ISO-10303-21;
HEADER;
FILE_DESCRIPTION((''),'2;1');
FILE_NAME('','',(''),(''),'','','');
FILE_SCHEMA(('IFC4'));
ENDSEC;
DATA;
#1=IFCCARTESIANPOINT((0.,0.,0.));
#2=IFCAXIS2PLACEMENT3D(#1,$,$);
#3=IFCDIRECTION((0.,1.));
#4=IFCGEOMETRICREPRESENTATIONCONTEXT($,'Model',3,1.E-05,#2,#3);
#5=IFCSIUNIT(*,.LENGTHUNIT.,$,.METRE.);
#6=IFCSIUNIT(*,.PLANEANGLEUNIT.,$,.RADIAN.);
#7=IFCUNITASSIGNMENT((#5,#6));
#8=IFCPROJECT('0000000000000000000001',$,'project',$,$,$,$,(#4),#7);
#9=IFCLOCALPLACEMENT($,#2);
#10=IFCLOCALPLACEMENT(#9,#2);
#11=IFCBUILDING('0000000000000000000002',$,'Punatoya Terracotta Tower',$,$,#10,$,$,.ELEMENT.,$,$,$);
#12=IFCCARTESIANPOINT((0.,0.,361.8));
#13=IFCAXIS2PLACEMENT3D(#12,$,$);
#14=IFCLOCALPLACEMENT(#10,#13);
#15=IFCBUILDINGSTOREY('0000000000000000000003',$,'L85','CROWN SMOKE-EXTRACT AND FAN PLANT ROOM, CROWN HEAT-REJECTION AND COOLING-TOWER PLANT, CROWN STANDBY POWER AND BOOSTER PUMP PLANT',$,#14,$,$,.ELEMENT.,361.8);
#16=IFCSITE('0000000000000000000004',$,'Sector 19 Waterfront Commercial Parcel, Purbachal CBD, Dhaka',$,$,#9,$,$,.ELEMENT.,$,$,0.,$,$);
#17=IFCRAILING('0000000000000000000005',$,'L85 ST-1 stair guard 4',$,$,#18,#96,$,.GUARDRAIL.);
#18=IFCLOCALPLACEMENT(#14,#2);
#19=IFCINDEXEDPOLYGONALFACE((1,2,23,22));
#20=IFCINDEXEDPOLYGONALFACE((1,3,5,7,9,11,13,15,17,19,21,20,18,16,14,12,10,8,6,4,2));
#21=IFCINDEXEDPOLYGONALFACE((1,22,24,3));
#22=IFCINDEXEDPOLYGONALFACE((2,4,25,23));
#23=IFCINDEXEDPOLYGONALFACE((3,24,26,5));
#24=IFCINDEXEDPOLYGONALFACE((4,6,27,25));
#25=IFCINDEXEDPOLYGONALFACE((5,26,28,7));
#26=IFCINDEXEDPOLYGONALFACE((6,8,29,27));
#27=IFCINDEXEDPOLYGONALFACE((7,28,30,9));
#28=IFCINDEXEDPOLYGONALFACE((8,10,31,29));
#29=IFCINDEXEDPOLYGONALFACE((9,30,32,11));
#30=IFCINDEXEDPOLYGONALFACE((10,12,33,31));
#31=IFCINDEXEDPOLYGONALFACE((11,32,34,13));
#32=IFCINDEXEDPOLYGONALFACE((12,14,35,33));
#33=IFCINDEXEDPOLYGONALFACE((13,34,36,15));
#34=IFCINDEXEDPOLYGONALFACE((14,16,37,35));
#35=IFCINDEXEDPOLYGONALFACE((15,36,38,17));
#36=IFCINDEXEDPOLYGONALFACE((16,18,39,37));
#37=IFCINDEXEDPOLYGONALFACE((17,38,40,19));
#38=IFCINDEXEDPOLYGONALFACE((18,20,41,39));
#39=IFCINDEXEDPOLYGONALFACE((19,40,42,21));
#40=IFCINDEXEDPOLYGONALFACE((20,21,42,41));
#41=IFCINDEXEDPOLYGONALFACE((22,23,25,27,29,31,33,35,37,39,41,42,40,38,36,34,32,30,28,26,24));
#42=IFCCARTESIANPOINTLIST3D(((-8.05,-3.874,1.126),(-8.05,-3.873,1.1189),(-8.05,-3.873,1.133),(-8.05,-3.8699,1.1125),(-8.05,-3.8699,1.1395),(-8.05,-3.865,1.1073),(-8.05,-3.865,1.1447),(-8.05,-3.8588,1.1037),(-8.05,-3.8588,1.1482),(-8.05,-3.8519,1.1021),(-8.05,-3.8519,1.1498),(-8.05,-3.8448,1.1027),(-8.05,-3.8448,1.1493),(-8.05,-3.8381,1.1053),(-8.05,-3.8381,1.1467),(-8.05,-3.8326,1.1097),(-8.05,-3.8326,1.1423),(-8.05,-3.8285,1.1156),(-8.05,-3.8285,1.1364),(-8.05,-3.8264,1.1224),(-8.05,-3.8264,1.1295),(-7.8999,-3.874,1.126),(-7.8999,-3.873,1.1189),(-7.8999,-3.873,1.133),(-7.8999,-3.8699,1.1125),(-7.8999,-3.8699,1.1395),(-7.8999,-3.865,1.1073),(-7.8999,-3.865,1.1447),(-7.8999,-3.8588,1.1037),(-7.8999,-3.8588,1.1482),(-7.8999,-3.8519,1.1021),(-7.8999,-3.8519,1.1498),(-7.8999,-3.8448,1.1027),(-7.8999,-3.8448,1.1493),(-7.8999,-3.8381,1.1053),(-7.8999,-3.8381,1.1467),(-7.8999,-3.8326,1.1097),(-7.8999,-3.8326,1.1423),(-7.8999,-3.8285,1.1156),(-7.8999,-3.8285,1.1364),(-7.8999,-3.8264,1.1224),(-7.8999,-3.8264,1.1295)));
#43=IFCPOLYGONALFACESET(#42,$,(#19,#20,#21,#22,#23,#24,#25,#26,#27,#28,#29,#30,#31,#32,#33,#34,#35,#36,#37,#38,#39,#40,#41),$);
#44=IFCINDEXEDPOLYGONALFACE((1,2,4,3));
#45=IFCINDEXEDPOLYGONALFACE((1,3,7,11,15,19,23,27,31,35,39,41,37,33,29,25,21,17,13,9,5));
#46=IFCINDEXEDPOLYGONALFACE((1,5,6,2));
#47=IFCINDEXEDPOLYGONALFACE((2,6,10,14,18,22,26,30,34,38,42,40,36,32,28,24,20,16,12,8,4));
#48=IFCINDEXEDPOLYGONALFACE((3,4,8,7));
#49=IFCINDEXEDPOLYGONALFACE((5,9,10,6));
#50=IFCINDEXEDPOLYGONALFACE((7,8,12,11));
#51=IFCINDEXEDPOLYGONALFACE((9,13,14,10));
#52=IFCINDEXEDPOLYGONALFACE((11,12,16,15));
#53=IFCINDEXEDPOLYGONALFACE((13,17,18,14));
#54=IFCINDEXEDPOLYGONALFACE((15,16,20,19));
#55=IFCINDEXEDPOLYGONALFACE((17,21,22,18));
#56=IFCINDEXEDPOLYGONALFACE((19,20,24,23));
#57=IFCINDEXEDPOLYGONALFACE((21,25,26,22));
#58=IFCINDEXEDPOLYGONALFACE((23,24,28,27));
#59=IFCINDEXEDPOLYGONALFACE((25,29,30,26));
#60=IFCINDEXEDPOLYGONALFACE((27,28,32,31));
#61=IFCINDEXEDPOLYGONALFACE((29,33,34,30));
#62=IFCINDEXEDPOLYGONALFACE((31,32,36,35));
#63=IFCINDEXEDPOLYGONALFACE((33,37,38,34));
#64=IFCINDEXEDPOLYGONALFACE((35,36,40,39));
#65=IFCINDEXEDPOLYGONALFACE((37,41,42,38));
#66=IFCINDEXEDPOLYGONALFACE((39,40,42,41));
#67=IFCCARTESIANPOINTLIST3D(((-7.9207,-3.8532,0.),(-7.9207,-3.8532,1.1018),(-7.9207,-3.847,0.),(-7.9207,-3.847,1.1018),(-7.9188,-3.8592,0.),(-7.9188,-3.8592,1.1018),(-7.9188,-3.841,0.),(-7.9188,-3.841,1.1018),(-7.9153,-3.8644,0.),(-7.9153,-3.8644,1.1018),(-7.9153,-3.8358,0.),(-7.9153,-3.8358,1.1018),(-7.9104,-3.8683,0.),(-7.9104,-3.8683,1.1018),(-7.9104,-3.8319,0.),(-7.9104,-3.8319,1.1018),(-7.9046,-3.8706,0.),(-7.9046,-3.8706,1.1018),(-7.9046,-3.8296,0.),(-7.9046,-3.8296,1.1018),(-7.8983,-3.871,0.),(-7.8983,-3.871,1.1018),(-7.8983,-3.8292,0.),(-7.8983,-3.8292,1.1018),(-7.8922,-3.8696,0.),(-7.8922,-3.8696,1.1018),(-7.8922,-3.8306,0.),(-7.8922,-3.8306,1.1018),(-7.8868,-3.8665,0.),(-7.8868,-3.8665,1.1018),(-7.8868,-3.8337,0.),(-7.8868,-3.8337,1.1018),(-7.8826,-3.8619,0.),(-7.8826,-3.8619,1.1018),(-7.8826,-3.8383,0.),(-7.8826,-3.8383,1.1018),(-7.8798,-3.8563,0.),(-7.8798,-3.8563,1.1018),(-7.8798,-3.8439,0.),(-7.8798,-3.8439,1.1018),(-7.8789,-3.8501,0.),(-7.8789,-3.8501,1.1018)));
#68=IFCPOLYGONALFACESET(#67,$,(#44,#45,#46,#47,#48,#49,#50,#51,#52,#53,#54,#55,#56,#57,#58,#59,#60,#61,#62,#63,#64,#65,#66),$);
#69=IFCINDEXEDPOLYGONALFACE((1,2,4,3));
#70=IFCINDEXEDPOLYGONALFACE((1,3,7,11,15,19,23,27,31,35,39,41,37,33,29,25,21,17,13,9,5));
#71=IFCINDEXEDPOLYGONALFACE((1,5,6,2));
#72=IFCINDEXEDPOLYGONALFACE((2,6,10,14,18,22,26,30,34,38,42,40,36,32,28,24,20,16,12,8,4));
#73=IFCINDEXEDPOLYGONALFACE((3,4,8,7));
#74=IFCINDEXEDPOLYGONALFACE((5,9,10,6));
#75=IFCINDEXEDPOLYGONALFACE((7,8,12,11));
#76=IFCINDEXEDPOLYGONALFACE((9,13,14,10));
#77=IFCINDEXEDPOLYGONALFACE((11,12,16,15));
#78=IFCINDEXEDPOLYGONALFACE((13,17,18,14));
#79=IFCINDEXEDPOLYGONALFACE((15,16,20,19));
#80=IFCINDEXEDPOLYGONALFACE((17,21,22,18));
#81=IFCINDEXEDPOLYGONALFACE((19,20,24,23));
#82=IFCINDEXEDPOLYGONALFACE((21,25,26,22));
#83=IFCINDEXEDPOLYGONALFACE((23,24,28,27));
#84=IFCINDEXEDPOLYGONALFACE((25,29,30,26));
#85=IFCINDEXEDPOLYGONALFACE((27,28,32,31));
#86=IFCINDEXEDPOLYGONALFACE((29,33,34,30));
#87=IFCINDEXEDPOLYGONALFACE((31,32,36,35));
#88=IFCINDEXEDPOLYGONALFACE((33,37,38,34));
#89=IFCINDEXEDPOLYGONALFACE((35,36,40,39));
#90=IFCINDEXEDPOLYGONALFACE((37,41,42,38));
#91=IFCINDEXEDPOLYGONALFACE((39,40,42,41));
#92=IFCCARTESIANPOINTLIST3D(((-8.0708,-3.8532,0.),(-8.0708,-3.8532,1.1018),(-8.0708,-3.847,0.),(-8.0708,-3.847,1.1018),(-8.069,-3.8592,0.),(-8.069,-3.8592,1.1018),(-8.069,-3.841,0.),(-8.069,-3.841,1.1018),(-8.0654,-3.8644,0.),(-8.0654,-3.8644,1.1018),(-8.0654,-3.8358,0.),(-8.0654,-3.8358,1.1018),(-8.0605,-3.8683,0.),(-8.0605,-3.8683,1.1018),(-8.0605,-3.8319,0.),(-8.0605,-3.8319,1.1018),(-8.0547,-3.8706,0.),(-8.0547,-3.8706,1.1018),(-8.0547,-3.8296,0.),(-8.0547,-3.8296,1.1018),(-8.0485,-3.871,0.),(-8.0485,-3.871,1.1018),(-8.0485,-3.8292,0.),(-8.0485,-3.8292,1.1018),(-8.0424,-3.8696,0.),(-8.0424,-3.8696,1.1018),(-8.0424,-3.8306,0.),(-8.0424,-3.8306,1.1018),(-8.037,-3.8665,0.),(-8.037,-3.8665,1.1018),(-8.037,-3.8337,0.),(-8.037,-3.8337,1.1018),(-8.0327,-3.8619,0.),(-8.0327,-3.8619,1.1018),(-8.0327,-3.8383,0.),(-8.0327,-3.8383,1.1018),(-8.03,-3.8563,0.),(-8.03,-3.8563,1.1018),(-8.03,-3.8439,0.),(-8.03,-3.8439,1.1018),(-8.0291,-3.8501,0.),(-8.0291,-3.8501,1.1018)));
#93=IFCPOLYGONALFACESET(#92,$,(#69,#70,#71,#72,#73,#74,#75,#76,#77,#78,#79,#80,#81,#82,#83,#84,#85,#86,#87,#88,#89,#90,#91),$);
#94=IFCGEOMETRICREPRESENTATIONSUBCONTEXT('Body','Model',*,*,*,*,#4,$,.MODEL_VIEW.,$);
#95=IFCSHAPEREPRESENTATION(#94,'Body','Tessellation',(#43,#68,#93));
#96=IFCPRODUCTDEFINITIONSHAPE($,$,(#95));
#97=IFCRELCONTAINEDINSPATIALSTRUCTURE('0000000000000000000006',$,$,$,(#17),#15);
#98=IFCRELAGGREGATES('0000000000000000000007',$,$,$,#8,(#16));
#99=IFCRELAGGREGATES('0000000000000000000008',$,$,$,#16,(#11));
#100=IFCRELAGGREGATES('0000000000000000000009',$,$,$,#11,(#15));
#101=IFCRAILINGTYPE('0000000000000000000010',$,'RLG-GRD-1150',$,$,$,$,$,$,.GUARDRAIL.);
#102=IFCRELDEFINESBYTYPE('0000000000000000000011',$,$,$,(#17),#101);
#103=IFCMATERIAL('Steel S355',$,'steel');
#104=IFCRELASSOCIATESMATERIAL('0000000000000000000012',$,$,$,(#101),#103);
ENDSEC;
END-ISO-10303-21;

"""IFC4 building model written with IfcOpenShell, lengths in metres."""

from ifc_helpers import new_model, si_unit, direction, frame, origin, origin_2d, place, context, subcontext, project, spatial, circle, extrude, material, type_object, element, save


model = new_model("IFC4")

# Units and contexts
model_context = context("Model", 3, precision=1e-05, world=origin(), true_north=direction((0.0, 1.0)))
body_context = subcontext(model_context, "Body", "Model", "MODEL_VIEW")
ifc_project = project(units=[si_unit("LENGTHUNIT", "METRE"), si_unit("PLANEANGLEUNIT", "RADIAN")], contexts=[model_context])

# Site, building, storey
site_placement = place(None, origin())
site = spatial("IfcSite", under=ifc_project, at=site_placement, Name="Sector 19 Waterfront Commercial Parcel, Purbachal CBD, Dhaka", CompositionType="ELEMENT", RefElevation=0.0)
building_placement = place(site_placement, origin())
building = spatial("IfcBuilding", under=site, at=building_placement, Name="Punatoya Terracotta Tower", CompositionType="ELEMENT")
storey_placement = place(building_placement, frame((0.0, 0.0, 361.8)))
storey = spatial("IfcBuildingStorey", under=building, at=storey_placement, Name="L85", Description="CROWN SMOKE-EXTRACT AND FAN PLANT ROOM, CROWN HEAT-REJECTION AND COOLING-TOWER PLANT, CROWN STANDBY POWER AND BOOSTER PUMP PLANT", CompositionType="ELEMENT", Elevation=361.8)

# Shared definitions
ifc_material_1 = material(Name="Steel S355", Category="steel")

# Railing
railing_type_1 = type_object("IfcRailingType", Name="RLG-GRD-1150", PredefinedType="GUARDRAIL", material=ifc_material_1)
railing_1_placement = place(storey_placement, frame((-7.8999, -3.8501, 0.0)))
element("IfcRailing", 1, at=railing_1_placement, inside=storey, type_object=railing_type_1, Name="L85 ST-1 stair guard 4", PredefinedType="GUARDRAIL", context=body_context, shape_type="SweptSolid", body=[
    extrude(circle(Radius=0.0239, at=origin_2d()), frame((0.0, 0.0, 1.126), z_axis=(-1.0, 0.0, 0.0), x_axis=(0.0, -1.0, 0.0)), (0.0, 0.0, 1.0), 0.1501),
    extrude(circle(Radius=0.021, at=origin_2d()), origin(), (0.0, 0.0, 1.0), 1.1018),
    extrude(circle(Radius=0.021, at=origin_2d()), frame((-0.1501, 0.0, 0.0)), (0.0, 0.0, 1.0), 1.1018),
])

save(model, "model.ifc")
